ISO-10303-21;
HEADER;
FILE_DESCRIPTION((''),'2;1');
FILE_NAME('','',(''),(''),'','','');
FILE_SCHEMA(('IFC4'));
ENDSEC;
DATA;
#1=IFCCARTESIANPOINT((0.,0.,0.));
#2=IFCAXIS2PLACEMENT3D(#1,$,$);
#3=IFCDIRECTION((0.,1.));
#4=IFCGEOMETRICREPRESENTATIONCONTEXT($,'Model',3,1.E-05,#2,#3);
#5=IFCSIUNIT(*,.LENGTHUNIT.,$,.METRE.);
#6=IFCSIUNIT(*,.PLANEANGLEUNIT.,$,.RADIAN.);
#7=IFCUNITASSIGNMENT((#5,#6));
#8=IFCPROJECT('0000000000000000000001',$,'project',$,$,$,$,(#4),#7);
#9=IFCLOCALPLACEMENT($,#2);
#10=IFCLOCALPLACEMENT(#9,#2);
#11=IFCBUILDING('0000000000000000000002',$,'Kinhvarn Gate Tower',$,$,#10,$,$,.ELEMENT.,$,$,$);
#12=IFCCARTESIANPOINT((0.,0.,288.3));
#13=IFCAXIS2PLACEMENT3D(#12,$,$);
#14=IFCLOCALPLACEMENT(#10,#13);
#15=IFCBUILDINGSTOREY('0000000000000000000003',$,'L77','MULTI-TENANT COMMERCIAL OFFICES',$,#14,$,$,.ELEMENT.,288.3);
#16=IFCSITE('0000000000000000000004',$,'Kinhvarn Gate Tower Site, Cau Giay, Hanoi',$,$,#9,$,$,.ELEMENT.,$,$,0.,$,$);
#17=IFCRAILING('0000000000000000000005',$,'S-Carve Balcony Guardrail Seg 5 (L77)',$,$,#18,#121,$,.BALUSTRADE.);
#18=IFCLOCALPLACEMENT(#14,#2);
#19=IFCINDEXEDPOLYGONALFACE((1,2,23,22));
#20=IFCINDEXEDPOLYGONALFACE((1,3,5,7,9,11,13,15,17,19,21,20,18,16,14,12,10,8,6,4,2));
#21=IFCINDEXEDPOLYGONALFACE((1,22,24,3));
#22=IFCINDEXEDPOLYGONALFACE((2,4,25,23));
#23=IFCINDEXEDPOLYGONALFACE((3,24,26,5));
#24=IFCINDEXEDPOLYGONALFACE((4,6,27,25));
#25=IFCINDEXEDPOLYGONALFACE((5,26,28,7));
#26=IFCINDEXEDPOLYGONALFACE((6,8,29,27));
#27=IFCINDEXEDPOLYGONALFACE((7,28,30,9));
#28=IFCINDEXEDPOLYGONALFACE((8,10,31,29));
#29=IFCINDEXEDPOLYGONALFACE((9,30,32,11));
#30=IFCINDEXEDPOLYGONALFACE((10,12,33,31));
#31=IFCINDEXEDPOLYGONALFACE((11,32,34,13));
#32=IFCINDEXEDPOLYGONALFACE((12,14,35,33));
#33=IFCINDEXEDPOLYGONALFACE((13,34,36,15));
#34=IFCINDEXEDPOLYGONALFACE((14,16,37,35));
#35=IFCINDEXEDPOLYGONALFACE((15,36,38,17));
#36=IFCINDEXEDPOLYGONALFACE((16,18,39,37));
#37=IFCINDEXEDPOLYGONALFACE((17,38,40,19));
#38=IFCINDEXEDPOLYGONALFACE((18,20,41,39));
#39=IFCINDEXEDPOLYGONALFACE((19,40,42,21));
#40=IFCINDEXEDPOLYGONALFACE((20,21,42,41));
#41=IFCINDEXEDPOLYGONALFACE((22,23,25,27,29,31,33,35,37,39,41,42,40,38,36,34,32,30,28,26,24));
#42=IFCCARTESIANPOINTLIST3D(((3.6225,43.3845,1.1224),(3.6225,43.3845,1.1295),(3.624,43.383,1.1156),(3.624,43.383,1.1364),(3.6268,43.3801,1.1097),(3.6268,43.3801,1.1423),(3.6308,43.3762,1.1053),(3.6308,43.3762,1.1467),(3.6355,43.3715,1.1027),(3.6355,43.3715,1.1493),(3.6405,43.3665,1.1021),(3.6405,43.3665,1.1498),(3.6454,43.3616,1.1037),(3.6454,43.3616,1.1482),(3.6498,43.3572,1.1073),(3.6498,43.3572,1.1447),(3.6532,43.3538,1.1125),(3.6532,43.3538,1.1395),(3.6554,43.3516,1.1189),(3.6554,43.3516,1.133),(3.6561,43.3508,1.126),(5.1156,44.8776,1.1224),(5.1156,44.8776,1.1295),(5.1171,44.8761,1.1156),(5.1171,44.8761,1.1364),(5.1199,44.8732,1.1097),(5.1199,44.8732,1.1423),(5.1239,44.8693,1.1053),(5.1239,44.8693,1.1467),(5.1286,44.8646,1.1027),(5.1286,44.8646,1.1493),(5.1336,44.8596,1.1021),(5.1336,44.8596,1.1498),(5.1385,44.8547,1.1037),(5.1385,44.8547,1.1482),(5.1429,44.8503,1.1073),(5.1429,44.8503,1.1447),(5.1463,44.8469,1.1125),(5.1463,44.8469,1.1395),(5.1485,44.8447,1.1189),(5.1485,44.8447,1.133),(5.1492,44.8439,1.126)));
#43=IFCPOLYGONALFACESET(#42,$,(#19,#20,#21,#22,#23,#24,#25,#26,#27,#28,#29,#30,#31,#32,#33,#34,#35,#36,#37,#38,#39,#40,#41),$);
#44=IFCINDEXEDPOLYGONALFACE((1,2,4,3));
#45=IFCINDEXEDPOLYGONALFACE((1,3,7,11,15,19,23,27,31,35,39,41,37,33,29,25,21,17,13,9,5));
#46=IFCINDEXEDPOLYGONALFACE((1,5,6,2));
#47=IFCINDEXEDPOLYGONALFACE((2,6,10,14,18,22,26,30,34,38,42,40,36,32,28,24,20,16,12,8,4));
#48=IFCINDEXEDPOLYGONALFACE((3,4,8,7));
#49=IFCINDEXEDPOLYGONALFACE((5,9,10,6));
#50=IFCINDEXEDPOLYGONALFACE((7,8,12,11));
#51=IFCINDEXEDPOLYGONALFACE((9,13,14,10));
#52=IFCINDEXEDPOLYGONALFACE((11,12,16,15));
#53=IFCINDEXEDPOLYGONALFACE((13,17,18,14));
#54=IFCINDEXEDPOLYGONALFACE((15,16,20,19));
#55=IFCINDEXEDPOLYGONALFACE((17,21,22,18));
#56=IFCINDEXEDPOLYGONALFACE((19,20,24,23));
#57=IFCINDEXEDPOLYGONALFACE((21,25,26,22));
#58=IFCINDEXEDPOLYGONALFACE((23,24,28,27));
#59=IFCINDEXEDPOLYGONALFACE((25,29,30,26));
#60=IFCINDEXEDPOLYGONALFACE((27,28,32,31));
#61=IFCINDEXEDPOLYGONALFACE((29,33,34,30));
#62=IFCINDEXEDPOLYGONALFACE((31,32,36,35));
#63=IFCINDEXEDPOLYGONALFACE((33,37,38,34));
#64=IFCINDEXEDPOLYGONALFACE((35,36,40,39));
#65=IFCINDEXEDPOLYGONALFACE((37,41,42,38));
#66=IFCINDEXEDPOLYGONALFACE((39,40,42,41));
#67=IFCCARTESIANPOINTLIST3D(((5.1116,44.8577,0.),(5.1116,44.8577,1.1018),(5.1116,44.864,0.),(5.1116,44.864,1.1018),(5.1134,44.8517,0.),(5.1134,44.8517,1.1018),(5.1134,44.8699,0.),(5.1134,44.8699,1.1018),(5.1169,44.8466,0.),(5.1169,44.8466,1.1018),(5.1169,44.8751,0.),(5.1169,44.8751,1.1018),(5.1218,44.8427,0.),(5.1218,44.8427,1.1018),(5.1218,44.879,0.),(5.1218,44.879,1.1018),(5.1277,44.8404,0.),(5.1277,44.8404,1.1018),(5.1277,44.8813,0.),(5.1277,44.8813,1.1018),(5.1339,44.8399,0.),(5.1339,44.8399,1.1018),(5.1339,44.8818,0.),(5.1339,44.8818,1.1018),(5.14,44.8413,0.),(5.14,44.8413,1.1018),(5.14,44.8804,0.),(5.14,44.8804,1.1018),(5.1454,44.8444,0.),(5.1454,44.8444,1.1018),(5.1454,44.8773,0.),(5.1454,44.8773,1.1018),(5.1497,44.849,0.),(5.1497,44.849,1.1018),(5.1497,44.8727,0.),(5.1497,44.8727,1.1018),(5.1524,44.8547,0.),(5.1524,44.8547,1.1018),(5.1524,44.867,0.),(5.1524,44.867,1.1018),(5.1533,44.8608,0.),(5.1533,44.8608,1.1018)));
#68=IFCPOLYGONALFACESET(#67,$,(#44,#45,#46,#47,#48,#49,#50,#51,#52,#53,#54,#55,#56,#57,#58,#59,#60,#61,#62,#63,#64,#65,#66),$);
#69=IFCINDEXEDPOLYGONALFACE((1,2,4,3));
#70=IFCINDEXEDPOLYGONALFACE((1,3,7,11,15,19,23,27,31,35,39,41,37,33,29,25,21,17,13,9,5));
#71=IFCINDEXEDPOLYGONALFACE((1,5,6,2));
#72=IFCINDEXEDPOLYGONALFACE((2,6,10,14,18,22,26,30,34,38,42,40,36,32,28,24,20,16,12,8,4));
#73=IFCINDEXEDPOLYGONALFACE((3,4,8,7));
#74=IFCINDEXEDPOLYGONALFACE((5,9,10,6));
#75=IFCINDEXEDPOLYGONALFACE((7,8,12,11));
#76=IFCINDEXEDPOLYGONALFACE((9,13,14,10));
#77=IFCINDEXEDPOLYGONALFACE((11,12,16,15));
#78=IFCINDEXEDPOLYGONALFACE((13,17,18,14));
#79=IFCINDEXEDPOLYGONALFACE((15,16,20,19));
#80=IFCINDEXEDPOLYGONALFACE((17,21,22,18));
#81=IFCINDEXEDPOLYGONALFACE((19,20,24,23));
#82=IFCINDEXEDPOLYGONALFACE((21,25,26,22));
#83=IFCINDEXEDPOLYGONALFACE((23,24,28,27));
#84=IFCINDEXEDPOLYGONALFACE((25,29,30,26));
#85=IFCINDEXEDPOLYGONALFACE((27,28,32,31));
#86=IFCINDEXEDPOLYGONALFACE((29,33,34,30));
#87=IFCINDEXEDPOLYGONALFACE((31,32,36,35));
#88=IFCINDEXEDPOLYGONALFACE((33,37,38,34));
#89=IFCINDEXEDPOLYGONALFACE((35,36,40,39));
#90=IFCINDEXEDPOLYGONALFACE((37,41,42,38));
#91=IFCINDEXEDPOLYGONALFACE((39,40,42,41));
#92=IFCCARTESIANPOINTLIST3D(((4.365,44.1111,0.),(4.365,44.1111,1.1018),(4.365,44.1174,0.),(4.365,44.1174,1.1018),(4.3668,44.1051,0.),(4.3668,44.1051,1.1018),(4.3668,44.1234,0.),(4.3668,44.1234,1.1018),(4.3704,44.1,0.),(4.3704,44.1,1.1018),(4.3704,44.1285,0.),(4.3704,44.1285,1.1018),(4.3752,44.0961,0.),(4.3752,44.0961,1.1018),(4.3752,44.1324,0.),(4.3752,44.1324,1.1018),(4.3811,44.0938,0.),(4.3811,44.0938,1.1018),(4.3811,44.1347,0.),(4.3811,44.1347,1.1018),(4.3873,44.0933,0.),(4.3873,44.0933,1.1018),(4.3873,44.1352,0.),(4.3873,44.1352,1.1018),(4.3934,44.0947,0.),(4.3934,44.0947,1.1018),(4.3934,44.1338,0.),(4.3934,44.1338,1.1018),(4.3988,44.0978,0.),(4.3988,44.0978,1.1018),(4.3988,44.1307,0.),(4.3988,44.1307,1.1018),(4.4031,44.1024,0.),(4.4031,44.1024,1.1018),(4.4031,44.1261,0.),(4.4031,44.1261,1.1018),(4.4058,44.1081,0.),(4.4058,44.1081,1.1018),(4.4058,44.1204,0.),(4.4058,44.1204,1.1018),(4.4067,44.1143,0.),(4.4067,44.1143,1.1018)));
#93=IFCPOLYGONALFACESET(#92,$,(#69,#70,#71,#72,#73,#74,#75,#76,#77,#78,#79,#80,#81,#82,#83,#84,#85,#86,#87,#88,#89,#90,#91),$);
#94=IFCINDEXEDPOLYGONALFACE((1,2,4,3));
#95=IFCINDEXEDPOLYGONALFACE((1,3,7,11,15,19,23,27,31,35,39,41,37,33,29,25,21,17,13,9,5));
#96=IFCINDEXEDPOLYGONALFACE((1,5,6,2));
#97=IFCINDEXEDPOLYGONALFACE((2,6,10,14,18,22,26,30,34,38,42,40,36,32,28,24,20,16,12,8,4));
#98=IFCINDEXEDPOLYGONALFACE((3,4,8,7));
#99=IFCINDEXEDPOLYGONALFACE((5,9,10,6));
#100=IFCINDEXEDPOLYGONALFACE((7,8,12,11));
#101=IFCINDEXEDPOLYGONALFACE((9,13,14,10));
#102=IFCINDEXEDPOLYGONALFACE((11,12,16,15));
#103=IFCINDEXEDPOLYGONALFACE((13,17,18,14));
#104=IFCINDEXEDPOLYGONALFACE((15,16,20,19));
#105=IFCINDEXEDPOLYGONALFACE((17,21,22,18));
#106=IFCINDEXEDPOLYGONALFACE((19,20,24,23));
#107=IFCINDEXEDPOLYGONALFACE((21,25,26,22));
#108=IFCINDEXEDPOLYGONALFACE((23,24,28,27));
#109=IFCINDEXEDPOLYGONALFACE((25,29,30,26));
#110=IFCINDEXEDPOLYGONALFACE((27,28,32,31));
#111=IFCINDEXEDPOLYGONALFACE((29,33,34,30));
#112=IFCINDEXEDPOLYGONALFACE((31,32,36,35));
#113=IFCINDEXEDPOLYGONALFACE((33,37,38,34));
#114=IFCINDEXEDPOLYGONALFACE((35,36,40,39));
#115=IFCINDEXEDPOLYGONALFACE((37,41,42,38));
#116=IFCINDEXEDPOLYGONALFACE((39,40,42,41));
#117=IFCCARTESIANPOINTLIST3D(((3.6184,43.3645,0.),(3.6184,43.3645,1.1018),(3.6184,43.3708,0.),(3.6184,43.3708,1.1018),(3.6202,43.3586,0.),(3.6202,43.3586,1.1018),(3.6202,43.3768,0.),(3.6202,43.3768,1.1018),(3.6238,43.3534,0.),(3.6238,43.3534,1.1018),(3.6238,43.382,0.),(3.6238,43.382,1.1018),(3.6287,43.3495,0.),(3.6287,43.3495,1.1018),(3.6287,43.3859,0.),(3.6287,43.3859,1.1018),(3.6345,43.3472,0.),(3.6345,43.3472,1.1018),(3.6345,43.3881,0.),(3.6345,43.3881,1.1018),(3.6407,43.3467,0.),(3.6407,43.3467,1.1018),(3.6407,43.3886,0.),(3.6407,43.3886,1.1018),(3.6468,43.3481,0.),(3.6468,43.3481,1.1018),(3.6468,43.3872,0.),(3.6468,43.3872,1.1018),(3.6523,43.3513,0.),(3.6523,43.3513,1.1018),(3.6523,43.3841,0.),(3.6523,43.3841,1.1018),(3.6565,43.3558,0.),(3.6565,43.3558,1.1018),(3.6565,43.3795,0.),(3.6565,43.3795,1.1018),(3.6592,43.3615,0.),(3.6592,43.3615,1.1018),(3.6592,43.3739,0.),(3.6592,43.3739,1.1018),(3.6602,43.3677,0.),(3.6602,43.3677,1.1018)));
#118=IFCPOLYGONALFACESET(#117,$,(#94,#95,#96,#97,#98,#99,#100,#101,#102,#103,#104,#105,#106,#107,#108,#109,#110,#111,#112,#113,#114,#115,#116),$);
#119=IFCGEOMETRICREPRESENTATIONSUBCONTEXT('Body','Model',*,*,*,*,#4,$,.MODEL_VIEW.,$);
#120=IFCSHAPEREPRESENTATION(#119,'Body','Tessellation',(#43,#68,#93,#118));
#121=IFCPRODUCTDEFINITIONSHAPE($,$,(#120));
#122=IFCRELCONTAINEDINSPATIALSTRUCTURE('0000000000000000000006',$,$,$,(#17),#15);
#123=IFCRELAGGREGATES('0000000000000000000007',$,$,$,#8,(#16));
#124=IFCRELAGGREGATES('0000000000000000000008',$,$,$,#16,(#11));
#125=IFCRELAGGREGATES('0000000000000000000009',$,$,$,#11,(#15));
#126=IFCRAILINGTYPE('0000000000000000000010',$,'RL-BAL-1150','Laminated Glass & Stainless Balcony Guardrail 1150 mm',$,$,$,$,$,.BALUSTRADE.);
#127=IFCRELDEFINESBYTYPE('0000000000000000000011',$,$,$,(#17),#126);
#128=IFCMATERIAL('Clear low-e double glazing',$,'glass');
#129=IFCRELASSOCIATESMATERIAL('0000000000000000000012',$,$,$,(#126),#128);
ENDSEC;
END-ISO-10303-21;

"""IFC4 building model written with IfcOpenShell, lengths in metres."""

from ifc_helpers import new_model, si_unit, direction, frame, origin, origin_2d, place, context, subcontext, project, spatial, circle, extrude, material, type_object, element, save


model = new_model("IFC4")

# Units and contexts
model_context = context("Model", 3, precision=1e-05, world=origin(), true_north=direction((0.0, 1.0)))
body_context = subcontext(model_context, "Body", "Model", "MODEL_VIEW")
ifc_project = project(units=[si_unit("LENGTHUNIT", "METRE"), si_unit("PLANEANGLEUNIT", "RADIAN")], contexts=[model_context])

# Site, building, storey
site_placement = place(None, origin())
site = spatial("IfcSite", under=ifc_project, at=site_placement, Name="Kinhvarn Gate Tower Site, Cau Giay, Hanoi", CompositionType="ELEMENT", RefElevation=0.0)
building_placement = place(site_placement, origin())
building = spatial("IfcBuilding", under=site, at=building_placement, Name="Kinhvarn Gate Tower", CompositionType="ELEMENT")
storey_placement = place(building_placement, frame((0.0, 0.0, 288.3)))
storey = spatial("IfcBuildingStorey", under=building, at=storey_placement, Name="L77", Description="MULTI-TENANT COMMERCIAL OFFICES", CompositionType="ELEMENT", Elevation=288.3)

# Shared definitions
ifc_material_1 = material(Name="Clear low-e double glazing", Category="glass")

# Railing
railing_type = type_object("IfcRailingType", Name="RL-BAL-1150", Description="Laminated Glass & Stainless Balcony Guardrail 1150 mm", PredefinedType="BALUSTRADE", material=ifc_material_1)
railing_1_placement = place(storey_placement, frame((5.1323, 44.8608, 0.0)))
element("IfcRailing", 1, at=railing_1_placement, inside=storey, type_object=railing_type, Name="S-Carve Balcony Guardrail Seg 5 (L77)", PredefinedType="BALUSTRADE", context=body_context, shape_type="SweptSolid", body=[
    extrude(circle(Radius=0.0239, at=origin_2d()), frame((0.0, 0.0, 1.126), z_axis=(-0.707107, -0.707107, 0.0), x_axis=(0.707107, -0.707107, 0.0)), (0.0, 0.0, 1.0), 2.1116),
    extrude(circle(Radius=0.021, at=origin_2d()), origin(), (0.0, 0.0, 1.0), 1.1018),
    extrude(circle(Radius=0.021, at=origin_2d()), frame((-0.7466, -0.7466, 0.0)), (0.0, 0.0, 1.0), 1.1018),
    extrude(circle(Radius=0.021, at=origin_2d()), frame((-1.4932, -1.4932, 0.0)), (0.0, 0.0, 1.0), 1.1018),
])

save(model, "model.ifc")
